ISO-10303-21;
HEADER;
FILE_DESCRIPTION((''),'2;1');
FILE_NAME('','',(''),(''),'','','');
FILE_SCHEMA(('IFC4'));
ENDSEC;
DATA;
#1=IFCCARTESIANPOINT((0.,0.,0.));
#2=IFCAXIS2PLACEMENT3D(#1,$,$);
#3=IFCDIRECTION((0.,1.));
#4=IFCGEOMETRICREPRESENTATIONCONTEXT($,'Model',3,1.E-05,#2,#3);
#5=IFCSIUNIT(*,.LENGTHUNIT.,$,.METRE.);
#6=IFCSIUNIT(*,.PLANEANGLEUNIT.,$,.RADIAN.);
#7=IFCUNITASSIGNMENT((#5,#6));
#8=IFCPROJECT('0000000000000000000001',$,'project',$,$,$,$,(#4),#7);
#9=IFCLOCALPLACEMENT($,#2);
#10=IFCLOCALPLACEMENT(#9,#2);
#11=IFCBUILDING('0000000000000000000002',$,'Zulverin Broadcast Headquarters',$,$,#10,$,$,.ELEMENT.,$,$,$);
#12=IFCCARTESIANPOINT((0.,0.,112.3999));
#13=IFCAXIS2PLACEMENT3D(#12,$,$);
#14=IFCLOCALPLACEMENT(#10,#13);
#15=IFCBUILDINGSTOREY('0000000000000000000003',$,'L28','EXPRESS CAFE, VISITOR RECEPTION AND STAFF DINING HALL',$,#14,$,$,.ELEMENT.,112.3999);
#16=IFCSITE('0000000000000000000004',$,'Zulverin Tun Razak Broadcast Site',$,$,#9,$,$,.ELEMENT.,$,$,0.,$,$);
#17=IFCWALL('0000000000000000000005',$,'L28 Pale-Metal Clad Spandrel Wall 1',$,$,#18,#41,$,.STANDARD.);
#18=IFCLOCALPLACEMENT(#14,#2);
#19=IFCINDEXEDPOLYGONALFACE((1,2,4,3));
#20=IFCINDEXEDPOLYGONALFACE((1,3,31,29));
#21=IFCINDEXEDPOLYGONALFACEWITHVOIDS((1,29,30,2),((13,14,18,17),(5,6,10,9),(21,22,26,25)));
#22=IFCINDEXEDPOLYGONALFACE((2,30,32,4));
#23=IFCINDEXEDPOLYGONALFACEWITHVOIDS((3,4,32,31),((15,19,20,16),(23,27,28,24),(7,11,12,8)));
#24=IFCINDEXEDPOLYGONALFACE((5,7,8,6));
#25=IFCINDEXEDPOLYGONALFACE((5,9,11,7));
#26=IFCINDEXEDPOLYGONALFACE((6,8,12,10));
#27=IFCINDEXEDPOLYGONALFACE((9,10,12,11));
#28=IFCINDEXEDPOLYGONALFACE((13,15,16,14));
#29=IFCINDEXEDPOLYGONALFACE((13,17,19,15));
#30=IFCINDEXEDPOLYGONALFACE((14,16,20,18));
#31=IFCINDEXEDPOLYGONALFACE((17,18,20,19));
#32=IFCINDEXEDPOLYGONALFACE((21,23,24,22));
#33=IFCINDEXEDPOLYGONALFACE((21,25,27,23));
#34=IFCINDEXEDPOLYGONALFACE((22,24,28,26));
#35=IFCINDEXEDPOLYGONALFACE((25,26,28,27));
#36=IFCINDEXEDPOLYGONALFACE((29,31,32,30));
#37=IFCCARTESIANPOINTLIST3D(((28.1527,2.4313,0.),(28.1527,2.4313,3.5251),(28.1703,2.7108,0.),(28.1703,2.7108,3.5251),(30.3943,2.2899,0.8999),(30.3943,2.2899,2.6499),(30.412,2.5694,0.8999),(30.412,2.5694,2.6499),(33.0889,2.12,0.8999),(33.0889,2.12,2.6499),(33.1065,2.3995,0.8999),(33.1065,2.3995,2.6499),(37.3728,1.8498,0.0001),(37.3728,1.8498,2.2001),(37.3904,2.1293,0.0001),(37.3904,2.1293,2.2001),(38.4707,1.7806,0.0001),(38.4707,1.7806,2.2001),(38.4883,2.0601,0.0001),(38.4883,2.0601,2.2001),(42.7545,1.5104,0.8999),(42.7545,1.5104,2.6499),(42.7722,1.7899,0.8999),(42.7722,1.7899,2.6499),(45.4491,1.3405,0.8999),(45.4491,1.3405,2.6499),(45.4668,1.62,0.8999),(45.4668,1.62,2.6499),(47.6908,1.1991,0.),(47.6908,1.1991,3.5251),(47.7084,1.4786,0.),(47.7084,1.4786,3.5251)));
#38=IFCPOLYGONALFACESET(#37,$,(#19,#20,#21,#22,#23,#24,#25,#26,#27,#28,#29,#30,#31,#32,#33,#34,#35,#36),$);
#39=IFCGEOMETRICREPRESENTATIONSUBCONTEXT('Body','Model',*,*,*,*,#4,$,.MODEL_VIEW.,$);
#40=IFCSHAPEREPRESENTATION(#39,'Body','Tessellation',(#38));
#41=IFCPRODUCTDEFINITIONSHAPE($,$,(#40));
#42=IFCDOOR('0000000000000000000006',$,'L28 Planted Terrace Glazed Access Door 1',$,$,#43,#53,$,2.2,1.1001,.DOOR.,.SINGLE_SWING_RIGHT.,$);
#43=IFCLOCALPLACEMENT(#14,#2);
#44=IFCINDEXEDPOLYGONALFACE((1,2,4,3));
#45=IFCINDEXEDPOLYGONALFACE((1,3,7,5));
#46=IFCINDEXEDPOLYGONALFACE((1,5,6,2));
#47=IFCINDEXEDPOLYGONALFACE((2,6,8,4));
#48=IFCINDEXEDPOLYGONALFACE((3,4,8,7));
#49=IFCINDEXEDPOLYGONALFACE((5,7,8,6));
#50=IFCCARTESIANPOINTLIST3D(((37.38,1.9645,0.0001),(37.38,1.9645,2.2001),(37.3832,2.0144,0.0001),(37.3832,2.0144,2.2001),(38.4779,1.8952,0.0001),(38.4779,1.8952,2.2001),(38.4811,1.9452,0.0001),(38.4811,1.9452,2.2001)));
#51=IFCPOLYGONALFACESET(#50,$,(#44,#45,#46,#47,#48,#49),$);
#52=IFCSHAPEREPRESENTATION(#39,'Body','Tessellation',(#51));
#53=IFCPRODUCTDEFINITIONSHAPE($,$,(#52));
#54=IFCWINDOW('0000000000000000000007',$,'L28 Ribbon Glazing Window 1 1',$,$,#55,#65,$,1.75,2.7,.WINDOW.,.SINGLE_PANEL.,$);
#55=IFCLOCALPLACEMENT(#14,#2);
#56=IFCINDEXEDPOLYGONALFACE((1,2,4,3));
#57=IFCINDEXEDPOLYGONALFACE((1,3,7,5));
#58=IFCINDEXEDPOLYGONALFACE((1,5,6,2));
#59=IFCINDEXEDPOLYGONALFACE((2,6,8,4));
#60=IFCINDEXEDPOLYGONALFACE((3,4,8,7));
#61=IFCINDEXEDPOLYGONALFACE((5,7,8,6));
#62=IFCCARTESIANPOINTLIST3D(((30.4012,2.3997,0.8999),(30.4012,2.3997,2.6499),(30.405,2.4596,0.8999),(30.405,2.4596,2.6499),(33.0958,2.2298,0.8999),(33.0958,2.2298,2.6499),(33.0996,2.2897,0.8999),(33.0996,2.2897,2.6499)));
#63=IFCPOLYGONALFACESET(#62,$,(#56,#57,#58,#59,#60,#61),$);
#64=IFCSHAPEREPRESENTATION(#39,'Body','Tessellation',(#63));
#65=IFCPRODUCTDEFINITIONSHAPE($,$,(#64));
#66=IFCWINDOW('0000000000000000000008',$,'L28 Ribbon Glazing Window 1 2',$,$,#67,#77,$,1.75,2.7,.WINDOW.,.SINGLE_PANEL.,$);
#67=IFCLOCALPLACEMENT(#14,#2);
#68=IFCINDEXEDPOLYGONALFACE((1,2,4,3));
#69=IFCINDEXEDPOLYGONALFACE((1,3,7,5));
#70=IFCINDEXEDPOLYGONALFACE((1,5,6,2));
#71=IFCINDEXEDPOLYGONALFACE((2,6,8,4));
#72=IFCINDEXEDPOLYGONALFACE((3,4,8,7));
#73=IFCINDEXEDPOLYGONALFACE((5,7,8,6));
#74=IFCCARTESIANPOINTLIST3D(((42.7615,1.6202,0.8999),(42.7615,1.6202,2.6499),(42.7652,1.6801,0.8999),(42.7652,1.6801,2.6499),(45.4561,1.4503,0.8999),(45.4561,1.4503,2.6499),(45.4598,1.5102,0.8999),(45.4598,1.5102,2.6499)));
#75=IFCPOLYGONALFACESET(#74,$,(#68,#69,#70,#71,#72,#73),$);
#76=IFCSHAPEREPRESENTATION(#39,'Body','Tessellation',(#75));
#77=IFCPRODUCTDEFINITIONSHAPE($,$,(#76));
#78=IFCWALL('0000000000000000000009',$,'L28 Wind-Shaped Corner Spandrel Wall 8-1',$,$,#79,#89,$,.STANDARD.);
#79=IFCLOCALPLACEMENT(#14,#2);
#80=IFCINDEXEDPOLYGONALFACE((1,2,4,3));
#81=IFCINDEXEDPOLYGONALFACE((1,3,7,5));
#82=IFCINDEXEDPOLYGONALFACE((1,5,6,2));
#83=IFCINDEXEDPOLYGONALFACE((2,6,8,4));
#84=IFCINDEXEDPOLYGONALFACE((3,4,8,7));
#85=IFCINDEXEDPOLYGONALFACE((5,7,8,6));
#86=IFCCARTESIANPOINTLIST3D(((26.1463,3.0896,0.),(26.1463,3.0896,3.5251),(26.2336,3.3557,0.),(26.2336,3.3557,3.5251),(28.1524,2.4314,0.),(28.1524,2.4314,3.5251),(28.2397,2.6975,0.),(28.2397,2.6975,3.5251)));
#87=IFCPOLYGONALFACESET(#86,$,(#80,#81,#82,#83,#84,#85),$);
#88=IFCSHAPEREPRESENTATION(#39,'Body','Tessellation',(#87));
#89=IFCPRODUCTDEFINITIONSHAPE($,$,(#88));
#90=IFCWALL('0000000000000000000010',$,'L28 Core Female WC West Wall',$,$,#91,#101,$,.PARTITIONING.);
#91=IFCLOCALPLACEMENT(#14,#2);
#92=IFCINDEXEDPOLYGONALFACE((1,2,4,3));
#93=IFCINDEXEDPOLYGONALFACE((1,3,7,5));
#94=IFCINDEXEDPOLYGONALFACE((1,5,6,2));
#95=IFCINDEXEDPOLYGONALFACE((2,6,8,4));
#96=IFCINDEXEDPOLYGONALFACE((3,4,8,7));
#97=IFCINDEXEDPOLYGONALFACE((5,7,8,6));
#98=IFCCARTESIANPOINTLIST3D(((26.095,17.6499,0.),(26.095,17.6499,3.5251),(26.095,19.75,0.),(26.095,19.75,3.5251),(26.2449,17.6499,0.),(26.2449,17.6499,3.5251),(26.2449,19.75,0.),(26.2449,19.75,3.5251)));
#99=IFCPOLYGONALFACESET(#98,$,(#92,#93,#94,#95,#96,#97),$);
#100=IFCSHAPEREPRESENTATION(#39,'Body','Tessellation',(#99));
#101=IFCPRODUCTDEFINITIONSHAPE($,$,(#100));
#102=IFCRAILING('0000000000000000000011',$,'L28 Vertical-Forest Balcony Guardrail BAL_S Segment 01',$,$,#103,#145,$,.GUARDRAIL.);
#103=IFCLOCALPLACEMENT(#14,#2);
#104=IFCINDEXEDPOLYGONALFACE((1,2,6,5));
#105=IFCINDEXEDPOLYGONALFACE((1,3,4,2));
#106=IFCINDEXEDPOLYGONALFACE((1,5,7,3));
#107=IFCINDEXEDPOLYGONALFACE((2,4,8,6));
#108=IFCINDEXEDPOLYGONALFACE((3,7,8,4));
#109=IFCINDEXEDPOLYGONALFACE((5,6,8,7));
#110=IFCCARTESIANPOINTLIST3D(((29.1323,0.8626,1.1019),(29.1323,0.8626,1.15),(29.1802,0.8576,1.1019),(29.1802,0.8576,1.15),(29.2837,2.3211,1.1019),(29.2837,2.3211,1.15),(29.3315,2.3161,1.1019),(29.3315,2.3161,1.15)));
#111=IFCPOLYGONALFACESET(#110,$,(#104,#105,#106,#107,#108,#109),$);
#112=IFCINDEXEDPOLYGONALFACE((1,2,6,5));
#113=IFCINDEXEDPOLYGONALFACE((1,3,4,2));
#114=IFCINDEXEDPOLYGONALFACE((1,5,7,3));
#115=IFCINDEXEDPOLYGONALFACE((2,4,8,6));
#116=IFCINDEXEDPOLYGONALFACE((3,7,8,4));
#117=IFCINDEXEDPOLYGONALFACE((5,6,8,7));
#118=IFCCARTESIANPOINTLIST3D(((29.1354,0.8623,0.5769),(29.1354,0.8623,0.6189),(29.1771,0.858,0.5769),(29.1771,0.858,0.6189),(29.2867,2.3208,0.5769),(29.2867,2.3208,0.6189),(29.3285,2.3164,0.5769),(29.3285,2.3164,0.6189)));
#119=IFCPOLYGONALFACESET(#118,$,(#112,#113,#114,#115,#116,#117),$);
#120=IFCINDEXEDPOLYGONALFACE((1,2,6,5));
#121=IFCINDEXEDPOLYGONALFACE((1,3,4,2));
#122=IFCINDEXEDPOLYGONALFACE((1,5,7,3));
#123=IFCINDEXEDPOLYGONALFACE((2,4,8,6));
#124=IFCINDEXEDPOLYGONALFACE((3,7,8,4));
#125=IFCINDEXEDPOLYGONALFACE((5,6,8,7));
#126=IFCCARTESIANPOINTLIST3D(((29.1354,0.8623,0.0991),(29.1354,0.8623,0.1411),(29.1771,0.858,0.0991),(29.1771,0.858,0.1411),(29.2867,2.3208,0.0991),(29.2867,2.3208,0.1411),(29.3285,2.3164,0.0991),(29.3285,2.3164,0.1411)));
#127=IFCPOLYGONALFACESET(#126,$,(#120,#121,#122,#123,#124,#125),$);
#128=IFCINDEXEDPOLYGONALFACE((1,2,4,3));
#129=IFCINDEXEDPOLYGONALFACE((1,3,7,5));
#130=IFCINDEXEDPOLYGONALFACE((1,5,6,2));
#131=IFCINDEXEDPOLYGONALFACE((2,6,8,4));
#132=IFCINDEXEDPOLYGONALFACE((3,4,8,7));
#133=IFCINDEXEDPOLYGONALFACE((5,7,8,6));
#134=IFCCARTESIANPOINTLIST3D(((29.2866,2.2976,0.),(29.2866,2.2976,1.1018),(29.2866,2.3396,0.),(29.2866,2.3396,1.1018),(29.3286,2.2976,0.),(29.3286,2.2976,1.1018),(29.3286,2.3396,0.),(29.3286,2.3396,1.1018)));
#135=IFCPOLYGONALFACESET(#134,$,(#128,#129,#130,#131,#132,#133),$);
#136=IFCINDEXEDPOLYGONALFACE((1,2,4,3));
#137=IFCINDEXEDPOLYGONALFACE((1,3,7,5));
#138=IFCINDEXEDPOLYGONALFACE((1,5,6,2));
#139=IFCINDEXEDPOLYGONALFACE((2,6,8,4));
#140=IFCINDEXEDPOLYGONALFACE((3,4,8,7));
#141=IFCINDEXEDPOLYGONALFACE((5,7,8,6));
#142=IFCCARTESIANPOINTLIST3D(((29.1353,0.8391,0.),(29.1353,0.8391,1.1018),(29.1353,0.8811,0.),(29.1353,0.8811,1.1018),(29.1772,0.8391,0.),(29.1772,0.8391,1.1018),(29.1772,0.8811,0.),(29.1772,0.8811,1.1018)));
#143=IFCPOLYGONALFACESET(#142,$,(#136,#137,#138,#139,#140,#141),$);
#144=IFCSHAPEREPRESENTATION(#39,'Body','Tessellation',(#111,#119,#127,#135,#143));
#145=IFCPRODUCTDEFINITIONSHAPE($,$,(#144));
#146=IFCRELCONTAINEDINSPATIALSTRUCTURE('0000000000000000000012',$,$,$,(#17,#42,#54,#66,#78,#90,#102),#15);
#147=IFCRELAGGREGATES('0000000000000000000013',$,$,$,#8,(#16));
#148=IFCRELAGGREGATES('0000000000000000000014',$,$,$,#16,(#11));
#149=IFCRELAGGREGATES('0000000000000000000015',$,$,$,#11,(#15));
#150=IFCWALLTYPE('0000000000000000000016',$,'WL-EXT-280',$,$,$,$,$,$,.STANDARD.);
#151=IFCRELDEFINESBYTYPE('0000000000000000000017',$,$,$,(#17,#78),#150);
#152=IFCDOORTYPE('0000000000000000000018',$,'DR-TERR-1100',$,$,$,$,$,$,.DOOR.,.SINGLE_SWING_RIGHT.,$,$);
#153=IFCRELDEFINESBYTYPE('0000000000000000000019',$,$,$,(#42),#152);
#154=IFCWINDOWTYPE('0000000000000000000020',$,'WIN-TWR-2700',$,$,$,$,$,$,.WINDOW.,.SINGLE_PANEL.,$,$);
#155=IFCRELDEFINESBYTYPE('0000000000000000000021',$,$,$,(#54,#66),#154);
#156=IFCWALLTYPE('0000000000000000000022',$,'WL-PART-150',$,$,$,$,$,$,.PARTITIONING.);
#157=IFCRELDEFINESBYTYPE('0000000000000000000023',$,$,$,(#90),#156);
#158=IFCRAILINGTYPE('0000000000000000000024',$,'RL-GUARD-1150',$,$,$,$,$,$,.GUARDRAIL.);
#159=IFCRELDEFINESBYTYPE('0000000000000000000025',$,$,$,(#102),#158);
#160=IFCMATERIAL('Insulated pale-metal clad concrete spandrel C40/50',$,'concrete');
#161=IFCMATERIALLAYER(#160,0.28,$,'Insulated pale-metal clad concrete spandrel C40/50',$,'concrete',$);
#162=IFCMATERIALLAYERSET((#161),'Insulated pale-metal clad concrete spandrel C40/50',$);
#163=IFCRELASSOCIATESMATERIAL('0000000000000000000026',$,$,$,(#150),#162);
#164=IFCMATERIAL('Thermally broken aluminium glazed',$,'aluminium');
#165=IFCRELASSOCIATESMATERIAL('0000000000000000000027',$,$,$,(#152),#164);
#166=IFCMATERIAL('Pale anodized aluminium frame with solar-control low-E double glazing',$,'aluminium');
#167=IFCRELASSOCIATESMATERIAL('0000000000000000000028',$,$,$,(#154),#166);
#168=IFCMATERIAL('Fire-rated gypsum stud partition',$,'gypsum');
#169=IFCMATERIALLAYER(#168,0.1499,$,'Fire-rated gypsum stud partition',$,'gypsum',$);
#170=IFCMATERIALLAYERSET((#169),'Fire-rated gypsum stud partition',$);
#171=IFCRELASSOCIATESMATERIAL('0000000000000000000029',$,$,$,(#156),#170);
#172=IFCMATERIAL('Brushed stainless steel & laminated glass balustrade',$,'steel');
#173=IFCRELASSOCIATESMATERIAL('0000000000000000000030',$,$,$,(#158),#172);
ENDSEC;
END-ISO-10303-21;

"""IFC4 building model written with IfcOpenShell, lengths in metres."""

from ifc_helpers import new_model, si_unit, direction, frame, frame_2d, origin, origin_2d, place, context, subcontext, project, spatial, rectangle, extrude, material, layer, layer_set, type_object, element, fill, save


model = new_model("IFC4")

# Units and contexts
model_context = context("Model", 3, precision=1e-05, world=origin(), true_north=direction((0.0, 1.0)))
body_context = subcontext(model_context, "Body", "Model", "MODEL_VIEW")
ifc_project = project(units=[si_unit("LENGTHUNIT", "METRE"), si_unit("PLANEANGLEUNIT", "RADIAN")], contexts=[model_context])

# Site, building, storey
site_placement = place(None, origin())
site = spatial("IfcSite", under=ifc_project, at=site_placement, Name="Zulverin Tun Razak Broadcast Site", CompositionType="ELEMENT", RefElevation=0.0)
building_placement = place(site_placement, origin())
building = spatial("IfcBuilding", under=site, at=building_placement, Name="Zulverin Broadcast Headquarters", CompositionType="ELEMENT")
storey_placement = place(building_placement, frame((0.0, 0.0, 112.3999)))
storey = spatial("IfcBuildingStorey", under=building, at=storey_placement, Name="L28", Description="EXPRESS CAFE, VISITOR RECEPTION AND STAFF DINING HALL", CompositionType="ELEMENT", Elevation=112.3999)

# Wall, openings, door, windows
ifc_material_1 = material(Name="Insulated pale-metal clad concrete spandrel C40/50", Category="concrete")
ifc_layer_1 = layer(ifc_material_1, 0.28, Name="Insulated pale-metal clad concrete spandrel C40/50", Category="concrete")
ifc_layer_set_1 = layer_set([ifc_layer_1], Name="Insulated pale-metal clad concrete spandrel C40/50")
wall_type_1 = type_object("IfcWallType", Name="WL-EXT-280", PredefinedType="STANDARD", material=ifc_layer_set_1)
wall_1_placement = place(storey_placement, frame((28.1614, 2.571, 0.0), z_axis=(0.0, 0.0, 1.0), x_axis=(0.998017, -0.06294, 0.0)))
wall_1 = element("IfcWall", 1, at=wall_1_placement, inside=storey, type_object=wall_type_1, Name="L28 Pale-Metal Clad Spandrel Wall 1", PredefinedType="STANDARD", context=body_context, shape_type="SweptSolid", body=[
    extrude(rectangle(XDim=19.5769, YDim=0.28, at=frame_2d((9.7886, 0.0))), origin(), (0.0, 0.0, 1.0), 3.5251),
])
opening_1_placement = place(wall_1_placement, frame((9.2385, 0.0, 0.0)))
opening_1 = element("IfcOpeningElement", 2, at=opening_1_placement, cuts=wall_1, PredefinedType="OPENING", context=body_context, shape_type="SweptSolid", body=[
    extrude(rectangle(XDim=1.1001, YDim=2.2, at=frame_2d((0.55, 1.1001))), frame((0.0, 0.1499, 0.0), z_axis=(0.0, -1.0, 0.0), x_axis=(1.0, 0.0, 0.0)), (0.0, 0.0, 1.0), 0.3),
])
opening_2_placement = place(wall_1_placement, frame((2.2461, 0.0, 0.8999)))
opening_2 = element("IfcOpeningElement", 3, at=opening_2_placement, cuts=wall_1, PredefinedType="OPENING", context=body_context, shape_type="SweptSolid", body=[
    extrude(rectangle(XDim=2.7, YDim=1.75, at=frame_2d((1.3501, 0.875))), frame((0.0, 0.1499, 0.0), z_axis=(0.0, -1.0, 0.0), x_axis=(1.0, 0.0, 0.0)), (0.0, 0.0, 1.0), 0.3),
])
opening_3_placement = place(wall_1_placement, frame((14.6309, 0.0, 0.8999)))
opening_3 = element("IfcOpeningElement", 4, at=opening_3_placement, cuts=wall_1, PredefinedType="OPENING", context=body_context, shape_type="SweptSolid", body=[
    extrude(rectangle(XDim=2.7, YDim=1.75, at=frame_2d((1.3501, 0.875))), frame((0.0, 0.1499, 0.0), z_axis=(0.0, -1.0, 0.0), x_axis=(1.0, 0.0, 0.0)), (0.0, 0.0, 1.0), 0.3),
])
ifc_material_2 = material(Name="Thermally broken aluminium glazed", Category="aluminium")
door_type = type_object("IfcDoorType", Name="DR-TERR-1100", OperationType="SINGLE_SWING_RIGHT", PredefinedType="DOOR", material=ifc_material_2)
door_placement = place(opening_1_placement, origin())
door = element("IfcDoor", 5, at=door_placement, inside=storey, type_object=door_type, Name="L28 Planted Terrace Glazed Access Door 1", OperationType="SINGLE_SWING_RIGHT", OverallHeight=2.2, OverallWidth=1.1001, PredefinedType="DOOR", context=body_context, shape_type="SweptSolid", body=[
    extrude(rectangle(XDim=1.1001, YDim=2.2, at=frame_2d((0.55, 1.1001))), frame((0.0, 0.0249, 0.0), z_axis=(0.0, -1.0, 0.0), x_axis=(1.0, 0.0, 0.0)), (0.0, 0.0, 1.0), 0.05),
])
fill(opening_1, door)
ifc_material_3 = material(Name="Pale anodized aluminium frame with solar-control low-E double glazing", Category="aluminium")
window_type = type_object("IfcWindowType", Name="WIN-TWR-2700", PartitioningType="SINGLE_PANEL", PredefinedType="WINDOW", material=ifc_material_3)
window_1_placement = place(opening_2_placement, origin())
window_1 = element("IfcWindow", 6, at=window_1_placement, inside=storey, type_object=window_type, Name="L28 Ribbon Glazing Window 1 1", OverallHeight=1.75, OverallWidth=2.7, PartitioningType="SINGLE_PANEL", PredefinedType="WINDOW", context=body_context, shape_type="SweptSolid", body=[
    extrude(rectangle(XDim=2.7, YDim=1.75, at=frame_2d((1.3501, 0.875))), frame((0.0, 0.03, 0.0), z_axis=(0.0, -1.0, 0.0), x_axis=(1.0, 0.0, 0.0)), (0.0, 0.0, 1.0), 0.0601),
])
fill(opening_2, window_1)
window_2_placement = place(opening_3_placement, origin())
window_2 = element("IfcWindow", 7, at=window_2_placement, inside=storey, type_object=window_type, Name="L28 Ribbon Glazing Window 1 2", OverallHeight=1.75, OverallWidth=2.7, PartitioningType="SINGLE_PANEL", PredefinedType="WINDOW", context=body_context, shape_type="SweptSolid", body=[
    extrude(rectangle(XDim=2.7, YDim=1.75, at=frame_2d((1.3501, 0.875))), frame((0.0, 0.03, 0.0), z_axis=(0.0, -1.0, 0.0), x_axis=(1.0, 0.0, 0.0)), (0.0, 0.0, 1.0), 0.0601),
])
fill(opening_3, window_2)

# Walls
wall_2_placement = place(storey_placement, frame((26.1899, 3.2227, 0.0), z_axis=(0.0, 0.0, 1.0), x_axis=(0.950164, -0.311749, 0.0)))
element("IfcWall", 8, at=wall_2_placement, inside=storey, type_object=wall_type_1, Name="L28 Wind-Shaped Corner Spandrel Wall 8-1", PredefinedType="STANDARD", context=body_context, shape_type="SweptSolid", body=[
    extrude(rectangle(XDim=2.1113, YDim=0.28, at=frame_2d((1.0557, 0.0))), origin(), (0.0, 0.0, 1.0), 3.5251),
])
ifc_material_4 = material(Name="Fire-rated gypsum stud partition", Category="gypsum")
ifc_layer_2 = layer(ifc_material_4, 0.1499, Name="Fire-rated gypsum stud partition", Category="gypsum")
ifc_layer_set_2 = layer_set([ifc_layer_2], Name="Fire-rated gypsum stud partition")
wall_type_2 = type_object("IfcWallType", Name="WL-PART-150", PredefinedType="PARTITIONING", material=ifc_layer_set_2)
wall_3_placement = place(storey_placement, frame((26.1699, 17.6499, 0.0), z_axis=(0.0, 0.0, 1.0), x_axis=(0.0, 1.0, 0.0)))
element("IfcWall", 9, at=wall_3_placement, inside=storey, type_object=wall_type_2, Name="L28 Core Female WC West Wall", PredefinedType="PARTITIONING", context=body_context, shape_type="SweptSolid", body=[
    extrude(rectangle(XDim=2.1001, YDim=0.1499, at=frame_2d((1.05, 0.0))), origin(), (0.0, 0.0, 1.0), 3.5251),
])

# Railing
ifc_material_5 = material(Name="Brushed stainless steel & laminated glass balustrade", Category="steel")
railing_type = type_object("IfcRailingType", Name="RL-GUARD-1150", PredefinedType="GUARDRAIL", material=ifc_material_5)
railing_1_placement = place(storey_placement, frame((29.3076, 2.3186, 0.0)))
element("IfcRailing", 10, at=railing_1_placement, inside=storey, type_object=railing_type, Name="L28 Vertical-Forest Balcony Guardrail BAL_S Segment 01", PredefinedType="GUARDRAIL", context=body_context, shape_type="SweptSolid", body=[
    extrude(rectangle(XDim=0.0481, YDim=0.0481, at=origin_2d()), frame((0.0, 0.0, 1.126), z_axis=(-0.103229, -0.994658, 0.0), x_axis=(0.994658, -0.103229, 0.0)), (0.0, 0.0, 1.0), 1.4663),
    extrude(rectangle(XDim=0.042, YDim=0.042, at=origin_2d()), frame((0.0, 0.0, 0.5979), z_axis=(-0.103229, -0.994658, 0.0), x_axis=(0.994658, -0.103229, 0.0)), (0.0, 0.0, 1.0), 1.4663),
    extrude(rectangle(XDim=0.042, YDim=0.042, at=origin_2d()), frame((0.0, 0.0, 0.1201), z_axis=(-0.103229, -0.994658, 0.0), x_axis=(0.994658, -0.103229, 0.0)), (0.0, 0.0, 1.0), 1.4663),
    extrude(rectangle(XDim=0.042, YDim=0.042, at=origin_2d()), origin(), (0.0, 0.0, 1.0), 1.1018),
    extrude(rectangle(XDim=0.042, YDim=0.042, at=origin_2d()), frame((-0.1514, -1.4585, 0.0)), (0.0, 0.0, 1.0), 1.1018),
])

save(model, "model.ifc")
